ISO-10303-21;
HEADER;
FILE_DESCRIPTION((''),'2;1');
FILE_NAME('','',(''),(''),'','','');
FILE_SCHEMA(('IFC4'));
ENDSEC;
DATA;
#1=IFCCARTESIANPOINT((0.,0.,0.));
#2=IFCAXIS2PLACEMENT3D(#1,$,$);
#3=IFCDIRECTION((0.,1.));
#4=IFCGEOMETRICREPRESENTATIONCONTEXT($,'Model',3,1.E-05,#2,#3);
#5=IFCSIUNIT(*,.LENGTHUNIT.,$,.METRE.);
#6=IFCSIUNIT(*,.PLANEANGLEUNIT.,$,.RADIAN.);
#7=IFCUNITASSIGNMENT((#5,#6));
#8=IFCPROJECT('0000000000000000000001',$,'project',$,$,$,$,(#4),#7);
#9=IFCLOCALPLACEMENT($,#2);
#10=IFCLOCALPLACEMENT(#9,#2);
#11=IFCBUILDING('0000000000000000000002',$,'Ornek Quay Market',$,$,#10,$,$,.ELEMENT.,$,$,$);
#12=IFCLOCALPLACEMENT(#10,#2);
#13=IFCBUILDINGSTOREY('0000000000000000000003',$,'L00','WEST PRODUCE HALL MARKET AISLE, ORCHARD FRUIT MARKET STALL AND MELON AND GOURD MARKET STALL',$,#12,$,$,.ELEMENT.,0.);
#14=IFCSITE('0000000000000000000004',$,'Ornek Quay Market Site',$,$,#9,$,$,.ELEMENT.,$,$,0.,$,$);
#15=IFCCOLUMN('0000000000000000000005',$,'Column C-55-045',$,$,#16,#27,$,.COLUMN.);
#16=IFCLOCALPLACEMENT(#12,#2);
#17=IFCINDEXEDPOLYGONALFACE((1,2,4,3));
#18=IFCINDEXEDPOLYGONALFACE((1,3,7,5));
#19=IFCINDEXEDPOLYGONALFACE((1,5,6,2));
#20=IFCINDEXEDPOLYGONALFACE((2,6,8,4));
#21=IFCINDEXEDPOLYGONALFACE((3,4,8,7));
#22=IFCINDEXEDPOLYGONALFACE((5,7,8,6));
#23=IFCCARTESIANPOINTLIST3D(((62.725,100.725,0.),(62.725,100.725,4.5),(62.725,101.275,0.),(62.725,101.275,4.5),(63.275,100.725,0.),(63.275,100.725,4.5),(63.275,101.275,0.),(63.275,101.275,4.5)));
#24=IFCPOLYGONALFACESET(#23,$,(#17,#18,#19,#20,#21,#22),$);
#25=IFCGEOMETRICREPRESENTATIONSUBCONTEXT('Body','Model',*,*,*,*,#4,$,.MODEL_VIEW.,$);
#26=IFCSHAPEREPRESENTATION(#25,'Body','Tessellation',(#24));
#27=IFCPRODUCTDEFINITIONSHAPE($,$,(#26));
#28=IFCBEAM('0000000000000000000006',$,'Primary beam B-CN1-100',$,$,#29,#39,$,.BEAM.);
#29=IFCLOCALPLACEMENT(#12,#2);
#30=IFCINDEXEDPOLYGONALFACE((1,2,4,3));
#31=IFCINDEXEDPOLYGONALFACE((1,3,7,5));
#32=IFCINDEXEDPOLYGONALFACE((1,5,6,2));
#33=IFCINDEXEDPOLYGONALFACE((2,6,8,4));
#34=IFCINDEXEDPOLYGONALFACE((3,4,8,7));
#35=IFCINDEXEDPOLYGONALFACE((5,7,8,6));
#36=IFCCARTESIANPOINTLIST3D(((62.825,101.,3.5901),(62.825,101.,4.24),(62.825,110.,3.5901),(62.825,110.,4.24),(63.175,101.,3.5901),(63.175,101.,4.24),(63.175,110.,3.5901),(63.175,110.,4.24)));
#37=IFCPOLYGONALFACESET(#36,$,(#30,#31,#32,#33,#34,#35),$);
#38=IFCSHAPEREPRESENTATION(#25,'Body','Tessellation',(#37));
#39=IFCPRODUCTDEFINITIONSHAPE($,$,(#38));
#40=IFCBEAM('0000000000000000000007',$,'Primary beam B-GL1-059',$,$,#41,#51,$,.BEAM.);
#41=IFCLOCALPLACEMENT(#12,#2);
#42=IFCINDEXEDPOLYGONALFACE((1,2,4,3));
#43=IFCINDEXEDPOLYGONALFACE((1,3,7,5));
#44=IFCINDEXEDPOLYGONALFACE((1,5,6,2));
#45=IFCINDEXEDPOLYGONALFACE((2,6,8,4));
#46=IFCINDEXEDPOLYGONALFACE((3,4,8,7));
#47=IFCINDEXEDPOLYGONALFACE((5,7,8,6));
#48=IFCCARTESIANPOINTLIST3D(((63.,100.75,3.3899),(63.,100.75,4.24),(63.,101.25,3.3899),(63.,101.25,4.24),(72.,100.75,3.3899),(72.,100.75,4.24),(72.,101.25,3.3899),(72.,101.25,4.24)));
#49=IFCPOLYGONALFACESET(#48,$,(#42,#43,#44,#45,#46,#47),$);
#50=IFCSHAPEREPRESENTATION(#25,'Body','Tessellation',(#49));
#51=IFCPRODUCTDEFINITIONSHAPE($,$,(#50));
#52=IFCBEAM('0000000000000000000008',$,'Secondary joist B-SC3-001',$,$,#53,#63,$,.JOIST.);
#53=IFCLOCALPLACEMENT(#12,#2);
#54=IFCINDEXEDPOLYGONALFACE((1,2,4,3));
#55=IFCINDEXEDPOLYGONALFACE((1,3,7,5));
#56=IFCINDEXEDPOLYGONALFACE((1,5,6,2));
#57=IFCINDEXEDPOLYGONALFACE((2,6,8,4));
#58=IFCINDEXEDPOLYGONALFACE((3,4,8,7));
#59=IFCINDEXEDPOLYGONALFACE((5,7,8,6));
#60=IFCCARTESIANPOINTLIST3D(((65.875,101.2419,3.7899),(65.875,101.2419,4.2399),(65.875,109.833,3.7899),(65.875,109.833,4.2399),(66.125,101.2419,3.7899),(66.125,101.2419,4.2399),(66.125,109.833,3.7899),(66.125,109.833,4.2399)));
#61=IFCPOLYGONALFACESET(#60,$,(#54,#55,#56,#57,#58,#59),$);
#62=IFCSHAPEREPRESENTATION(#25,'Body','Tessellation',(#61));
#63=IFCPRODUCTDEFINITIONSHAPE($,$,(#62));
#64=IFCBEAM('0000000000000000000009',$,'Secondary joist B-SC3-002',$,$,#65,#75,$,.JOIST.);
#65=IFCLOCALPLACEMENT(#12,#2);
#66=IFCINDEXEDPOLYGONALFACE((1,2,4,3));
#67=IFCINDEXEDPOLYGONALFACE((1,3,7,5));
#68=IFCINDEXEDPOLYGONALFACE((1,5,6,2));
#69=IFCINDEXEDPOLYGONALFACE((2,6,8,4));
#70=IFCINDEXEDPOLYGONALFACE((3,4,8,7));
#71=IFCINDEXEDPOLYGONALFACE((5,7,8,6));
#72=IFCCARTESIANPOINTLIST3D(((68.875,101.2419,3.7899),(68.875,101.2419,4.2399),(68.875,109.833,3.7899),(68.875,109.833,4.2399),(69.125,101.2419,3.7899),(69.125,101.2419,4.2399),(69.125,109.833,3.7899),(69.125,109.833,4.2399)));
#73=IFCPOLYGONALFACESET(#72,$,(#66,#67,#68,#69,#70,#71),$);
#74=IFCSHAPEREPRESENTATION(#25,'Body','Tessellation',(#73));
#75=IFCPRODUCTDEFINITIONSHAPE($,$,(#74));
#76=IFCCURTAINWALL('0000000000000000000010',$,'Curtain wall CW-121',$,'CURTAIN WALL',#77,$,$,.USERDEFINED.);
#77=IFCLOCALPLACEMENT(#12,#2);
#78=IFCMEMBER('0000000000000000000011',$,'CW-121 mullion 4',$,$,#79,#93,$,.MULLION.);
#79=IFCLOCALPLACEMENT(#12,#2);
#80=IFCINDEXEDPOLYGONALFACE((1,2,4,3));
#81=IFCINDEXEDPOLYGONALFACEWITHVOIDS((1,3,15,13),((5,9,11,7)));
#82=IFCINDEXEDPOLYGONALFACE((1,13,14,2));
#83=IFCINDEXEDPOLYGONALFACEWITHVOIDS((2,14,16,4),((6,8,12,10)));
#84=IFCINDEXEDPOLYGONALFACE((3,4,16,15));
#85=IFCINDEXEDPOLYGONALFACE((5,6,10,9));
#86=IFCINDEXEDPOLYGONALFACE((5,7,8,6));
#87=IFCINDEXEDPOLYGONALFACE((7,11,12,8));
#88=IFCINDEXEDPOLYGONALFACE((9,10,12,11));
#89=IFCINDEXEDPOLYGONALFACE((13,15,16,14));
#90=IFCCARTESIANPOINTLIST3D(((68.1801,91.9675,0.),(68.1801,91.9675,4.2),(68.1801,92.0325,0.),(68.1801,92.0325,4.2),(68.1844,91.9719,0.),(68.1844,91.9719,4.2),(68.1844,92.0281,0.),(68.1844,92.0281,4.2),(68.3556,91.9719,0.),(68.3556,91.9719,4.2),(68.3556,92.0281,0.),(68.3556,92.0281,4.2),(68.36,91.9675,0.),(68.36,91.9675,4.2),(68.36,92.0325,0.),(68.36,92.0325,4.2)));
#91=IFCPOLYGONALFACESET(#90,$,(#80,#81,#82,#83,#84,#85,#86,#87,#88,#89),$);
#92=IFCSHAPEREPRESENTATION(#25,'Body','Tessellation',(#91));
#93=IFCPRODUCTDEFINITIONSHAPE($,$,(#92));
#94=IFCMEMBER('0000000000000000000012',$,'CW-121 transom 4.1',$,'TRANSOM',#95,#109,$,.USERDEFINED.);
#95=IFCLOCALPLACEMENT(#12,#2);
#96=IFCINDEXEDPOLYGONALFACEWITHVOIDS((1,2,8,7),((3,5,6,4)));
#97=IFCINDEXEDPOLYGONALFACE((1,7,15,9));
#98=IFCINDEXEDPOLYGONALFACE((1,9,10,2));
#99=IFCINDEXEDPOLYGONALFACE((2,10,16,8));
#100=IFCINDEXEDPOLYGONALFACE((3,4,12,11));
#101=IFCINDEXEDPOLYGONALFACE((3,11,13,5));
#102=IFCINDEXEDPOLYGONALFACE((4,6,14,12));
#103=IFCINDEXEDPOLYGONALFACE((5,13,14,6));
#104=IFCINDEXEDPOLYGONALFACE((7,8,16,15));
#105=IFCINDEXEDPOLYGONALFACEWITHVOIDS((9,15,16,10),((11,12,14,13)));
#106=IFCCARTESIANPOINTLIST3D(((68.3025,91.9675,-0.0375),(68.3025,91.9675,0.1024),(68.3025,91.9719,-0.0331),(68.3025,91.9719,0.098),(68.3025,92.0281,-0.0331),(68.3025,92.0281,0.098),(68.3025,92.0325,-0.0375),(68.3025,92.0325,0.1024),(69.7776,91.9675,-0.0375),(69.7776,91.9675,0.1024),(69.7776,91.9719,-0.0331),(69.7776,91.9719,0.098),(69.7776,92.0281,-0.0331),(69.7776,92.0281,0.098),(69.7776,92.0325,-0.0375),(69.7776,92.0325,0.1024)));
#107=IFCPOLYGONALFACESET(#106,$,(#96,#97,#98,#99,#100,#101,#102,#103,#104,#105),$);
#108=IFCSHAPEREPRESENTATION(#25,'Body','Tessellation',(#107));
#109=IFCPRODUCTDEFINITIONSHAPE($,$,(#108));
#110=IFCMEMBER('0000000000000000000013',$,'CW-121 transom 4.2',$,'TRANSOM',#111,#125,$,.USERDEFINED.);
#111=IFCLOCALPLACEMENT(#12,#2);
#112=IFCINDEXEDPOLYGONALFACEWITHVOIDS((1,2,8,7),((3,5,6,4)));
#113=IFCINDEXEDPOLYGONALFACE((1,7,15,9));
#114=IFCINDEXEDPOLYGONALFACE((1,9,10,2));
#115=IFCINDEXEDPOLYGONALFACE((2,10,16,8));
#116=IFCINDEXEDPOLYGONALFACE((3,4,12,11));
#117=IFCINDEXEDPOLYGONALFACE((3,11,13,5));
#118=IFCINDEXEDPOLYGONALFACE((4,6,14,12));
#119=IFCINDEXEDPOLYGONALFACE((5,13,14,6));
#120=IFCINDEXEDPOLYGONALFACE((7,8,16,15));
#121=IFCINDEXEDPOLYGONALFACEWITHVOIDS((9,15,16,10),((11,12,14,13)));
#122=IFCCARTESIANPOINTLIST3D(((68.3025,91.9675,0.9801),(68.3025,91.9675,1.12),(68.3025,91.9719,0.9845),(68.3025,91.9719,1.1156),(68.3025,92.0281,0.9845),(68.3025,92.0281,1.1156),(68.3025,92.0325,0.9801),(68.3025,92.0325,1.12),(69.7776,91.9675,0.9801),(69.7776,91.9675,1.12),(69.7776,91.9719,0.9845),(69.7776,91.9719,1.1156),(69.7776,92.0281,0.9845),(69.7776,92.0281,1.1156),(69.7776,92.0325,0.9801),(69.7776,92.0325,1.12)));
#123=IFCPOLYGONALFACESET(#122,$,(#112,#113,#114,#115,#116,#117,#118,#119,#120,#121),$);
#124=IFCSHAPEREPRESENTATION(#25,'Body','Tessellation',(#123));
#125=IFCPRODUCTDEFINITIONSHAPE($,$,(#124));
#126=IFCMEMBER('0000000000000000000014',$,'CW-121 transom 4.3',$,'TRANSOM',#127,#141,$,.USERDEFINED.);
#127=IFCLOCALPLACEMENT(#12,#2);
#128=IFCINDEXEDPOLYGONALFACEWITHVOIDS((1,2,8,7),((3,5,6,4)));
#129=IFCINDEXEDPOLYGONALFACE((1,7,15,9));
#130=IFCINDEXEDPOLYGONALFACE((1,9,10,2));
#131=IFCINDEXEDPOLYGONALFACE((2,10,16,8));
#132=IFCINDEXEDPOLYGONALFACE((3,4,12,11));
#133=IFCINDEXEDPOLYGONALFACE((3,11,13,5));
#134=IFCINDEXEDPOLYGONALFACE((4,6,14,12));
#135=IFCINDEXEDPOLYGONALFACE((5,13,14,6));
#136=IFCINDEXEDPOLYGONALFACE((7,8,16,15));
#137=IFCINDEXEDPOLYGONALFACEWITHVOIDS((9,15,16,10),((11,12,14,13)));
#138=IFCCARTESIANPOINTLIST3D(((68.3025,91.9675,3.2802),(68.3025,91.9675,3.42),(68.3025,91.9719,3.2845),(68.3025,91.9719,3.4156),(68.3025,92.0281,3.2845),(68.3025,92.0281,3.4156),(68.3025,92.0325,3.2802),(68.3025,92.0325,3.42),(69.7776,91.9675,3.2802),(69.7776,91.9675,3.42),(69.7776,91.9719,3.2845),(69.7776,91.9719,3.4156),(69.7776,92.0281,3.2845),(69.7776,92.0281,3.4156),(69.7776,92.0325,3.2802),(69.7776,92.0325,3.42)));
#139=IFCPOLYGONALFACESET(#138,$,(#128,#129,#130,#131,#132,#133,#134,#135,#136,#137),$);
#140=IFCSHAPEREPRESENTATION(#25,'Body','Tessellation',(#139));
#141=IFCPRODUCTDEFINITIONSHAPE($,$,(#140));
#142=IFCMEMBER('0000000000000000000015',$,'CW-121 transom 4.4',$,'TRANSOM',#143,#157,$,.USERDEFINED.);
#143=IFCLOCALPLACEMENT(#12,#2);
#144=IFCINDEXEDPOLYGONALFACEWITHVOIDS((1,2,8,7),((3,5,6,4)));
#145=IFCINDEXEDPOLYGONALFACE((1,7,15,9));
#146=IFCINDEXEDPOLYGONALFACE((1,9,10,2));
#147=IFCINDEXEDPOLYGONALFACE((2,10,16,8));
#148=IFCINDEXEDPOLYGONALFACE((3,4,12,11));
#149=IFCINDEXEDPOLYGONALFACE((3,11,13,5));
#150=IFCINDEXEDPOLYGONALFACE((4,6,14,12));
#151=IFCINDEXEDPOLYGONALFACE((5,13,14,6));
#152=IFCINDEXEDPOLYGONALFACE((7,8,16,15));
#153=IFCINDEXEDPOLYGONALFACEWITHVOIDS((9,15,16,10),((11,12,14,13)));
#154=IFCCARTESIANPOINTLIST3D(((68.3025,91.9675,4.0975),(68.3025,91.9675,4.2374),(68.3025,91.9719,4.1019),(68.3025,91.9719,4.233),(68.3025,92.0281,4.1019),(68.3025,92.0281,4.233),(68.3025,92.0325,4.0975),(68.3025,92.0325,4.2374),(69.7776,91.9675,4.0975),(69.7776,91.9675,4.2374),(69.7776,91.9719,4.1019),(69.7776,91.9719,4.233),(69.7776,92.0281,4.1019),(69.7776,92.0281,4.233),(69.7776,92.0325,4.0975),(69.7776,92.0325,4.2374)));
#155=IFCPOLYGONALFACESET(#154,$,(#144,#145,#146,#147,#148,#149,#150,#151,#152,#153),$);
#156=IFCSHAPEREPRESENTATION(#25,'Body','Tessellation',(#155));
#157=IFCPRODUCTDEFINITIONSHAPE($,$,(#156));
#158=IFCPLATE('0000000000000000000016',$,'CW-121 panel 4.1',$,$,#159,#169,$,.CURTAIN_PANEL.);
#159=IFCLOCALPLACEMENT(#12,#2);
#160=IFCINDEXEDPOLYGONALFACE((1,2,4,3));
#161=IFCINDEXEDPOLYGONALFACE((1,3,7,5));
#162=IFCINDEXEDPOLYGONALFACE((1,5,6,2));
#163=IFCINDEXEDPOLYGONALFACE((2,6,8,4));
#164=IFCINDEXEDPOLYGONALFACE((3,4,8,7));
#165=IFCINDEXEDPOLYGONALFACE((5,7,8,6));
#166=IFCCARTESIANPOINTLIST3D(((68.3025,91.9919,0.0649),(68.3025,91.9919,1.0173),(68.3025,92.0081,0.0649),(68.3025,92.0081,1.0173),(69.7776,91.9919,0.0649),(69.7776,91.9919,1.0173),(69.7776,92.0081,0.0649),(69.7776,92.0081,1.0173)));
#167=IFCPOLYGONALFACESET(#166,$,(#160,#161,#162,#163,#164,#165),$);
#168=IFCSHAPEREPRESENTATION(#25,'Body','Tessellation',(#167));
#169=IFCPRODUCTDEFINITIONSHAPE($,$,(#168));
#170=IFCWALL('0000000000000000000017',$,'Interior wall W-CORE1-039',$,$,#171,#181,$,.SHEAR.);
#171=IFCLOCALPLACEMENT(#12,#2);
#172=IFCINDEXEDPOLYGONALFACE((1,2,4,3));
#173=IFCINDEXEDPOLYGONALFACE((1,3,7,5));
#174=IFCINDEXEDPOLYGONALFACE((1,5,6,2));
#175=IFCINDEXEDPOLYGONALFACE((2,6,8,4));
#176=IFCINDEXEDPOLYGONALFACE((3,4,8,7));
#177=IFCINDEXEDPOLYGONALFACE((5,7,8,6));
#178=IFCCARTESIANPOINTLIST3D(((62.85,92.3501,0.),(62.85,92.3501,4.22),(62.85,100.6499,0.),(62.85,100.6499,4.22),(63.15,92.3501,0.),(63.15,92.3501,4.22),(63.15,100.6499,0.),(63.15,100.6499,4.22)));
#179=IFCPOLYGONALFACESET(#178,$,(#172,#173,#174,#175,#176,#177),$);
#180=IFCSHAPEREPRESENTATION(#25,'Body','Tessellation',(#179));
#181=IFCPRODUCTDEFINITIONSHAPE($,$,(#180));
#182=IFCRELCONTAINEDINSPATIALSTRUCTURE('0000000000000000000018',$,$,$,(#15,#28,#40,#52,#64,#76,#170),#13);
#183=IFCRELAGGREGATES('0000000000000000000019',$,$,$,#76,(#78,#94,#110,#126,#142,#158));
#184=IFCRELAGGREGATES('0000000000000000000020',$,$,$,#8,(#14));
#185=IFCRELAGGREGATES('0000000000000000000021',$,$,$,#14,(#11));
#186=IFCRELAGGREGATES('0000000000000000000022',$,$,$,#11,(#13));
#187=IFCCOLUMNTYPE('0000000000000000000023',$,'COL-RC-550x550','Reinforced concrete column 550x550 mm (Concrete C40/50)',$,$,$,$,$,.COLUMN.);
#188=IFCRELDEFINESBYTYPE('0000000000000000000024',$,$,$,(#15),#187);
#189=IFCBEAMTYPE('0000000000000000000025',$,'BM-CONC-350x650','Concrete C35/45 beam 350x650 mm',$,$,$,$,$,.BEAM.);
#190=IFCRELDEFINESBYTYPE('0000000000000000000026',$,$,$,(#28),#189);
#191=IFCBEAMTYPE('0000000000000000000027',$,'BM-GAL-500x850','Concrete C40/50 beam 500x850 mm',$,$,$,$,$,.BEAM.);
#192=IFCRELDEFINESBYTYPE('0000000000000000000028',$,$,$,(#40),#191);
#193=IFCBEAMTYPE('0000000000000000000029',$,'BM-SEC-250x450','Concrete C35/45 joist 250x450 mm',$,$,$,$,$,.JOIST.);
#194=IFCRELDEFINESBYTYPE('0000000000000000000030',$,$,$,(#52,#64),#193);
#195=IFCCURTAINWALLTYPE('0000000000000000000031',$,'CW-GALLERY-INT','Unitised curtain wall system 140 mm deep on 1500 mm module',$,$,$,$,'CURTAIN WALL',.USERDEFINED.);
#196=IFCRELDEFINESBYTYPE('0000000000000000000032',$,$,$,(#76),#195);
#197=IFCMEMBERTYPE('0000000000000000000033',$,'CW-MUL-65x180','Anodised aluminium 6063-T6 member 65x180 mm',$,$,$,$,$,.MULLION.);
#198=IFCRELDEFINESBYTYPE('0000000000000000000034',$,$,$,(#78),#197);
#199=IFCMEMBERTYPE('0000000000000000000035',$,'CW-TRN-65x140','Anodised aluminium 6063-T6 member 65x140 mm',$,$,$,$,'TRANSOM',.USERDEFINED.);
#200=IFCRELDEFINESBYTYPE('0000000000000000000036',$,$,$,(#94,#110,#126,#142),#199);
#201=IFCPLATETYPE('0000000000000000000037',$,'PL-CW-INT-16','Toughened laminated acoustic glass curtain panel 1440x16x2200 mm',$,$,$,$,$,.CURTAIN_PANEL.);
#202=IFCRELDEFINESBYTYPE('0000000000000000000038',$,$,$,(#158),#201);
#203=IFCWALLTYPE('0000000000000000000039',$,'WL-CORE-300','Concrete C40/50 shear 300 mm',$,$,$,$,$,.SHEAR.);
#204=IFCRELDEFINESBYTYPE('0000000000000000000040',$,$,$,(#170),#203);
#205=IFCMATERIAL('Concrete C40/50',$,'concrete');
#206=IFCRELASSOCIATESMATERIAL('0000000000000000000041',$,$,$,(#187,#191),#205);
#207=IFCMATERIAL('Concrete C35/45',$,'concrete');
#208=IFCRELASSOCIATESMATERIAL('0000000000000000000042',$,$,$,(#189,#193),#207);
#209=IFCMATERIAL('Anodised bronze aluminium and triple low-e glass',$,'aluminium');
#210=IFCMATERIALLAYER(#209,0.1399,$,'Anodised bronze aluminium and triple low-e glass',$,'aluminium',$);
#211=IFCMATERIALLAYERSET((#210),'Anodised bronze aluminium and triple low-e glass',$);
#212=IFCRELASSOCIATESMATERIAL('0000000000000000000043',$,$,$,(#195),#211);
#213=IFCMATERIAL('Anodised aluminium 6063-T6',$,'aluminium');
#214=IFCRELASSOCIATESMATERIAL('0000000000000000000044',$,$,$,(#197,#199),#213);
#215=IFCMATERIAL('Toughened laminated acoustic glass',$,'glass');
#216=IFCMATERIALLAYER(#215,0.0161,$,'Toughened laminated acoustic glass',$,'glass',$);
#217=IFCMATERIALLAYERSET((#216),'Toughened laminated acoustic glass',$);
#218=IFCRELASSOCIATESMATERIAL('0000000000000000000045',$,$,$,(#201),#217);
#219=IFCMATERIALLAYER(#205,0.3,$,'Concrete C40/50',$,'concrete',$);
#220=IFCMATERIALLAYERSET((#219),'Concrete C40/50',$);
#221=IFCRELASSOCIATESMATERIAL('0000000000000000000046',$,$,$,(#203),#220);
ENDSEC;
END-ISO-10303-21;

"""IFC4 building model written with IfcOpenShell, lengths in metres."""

from ifc_helpers import new_model, si_unit, direction, frame, frame_2d, origin, origin_2d, place, context, subcontext, project, spatial, rectangle, hollow_rectangle, extrude, material, layer, layer_set, material_profile, profile_set, type_object, element, aggregate, save


model = new_model("IFC4")

# Units and contexts
model_context = context("Model", 3, precision=1e-05, world=origin(), true_north=direction((0.0, 1.0)))
body_context = subcontext(model_context, "Body", "Model", "MODEL_VIEW")
ifc_project = project(units=[si_unit("LENGTHUNIT", "METRE"), si_unit("PLANEANGLEUNIT", "RADIAN")], contexts=[model_context])

# Site, building, storey
site_placement = place(None, origin())
site = spatial("IfcSite", under=ifc_project, at=site_placement, Name="Ornek Quay Market Site", CompositionType="ELEMENT", RefElevation=0.0)
building_placement = place(site_placement, origin())
building = spatial("IfcBuilding", under=site, at=building_placement, Name="Ornek Quay Market", CompositionType="ELEMENT")
storey_placement = place(building_placement, origin())
storey = spatial("IfcBuildingStorey", under=building, at=storey_placement, Name="L00", Description="WEST PRODUCE HALL MARKET AISLE, ORCHARD FRUIT MARKET STALL AND MELON AND GOURD MARKET STALL", CompositionType="ELEMENT", Elevation=0.0)

# Column
ifc_material_1 = material(Name="Concrete C40/50", Category="concrete")
ifc_material_profile_1 = material_profile(ifc_material_1, rectangle(XDim=0.55, YDim=0.55, at=origin_2d()), Name="RC 550x550", Category="concrete")
ifc_profile_set_1 = profile_set([ifc_material_profile_1], Name="Concrete C40/50")
column_type = type_object("IfcColumnType", Name="COL-RC-550x550", Description="Reinforced concrete column 550x550 mm (Concrete C40/50)", PredefinedType="COLUMN", material=ifc_profile_set_1)
column_placement = place(storey_placement, frame((63.0, 101.0, 0.0), z_axis=(0.0, 0.0, 1.0), x_axis=(1.0, 0.0, 0.0)))
element("IfcColumn", 1, at=column_placement, inside=storey, type_object=column_type, Name="Column C-55-045", PredefinedType="COLUMN", context=body_context, shape_type="SweptSolid", body=[
    extrude(rectangle(XDim=0.55, YDim=0.55, at=origin_2d()), origin(), (0.0, 0.0, 1.0), 4.5),
])

# Beams
ifc_material_2 = material(Name="Concrete C35/45", Category="concrete")
ifc_material_profile_2 = material_profile(ifc_material_2, rectangle(XDim=0.3501, YDim=0.6499, at=origin_2d()), Name="RC 350x650", Category="concrete")
ifc_profile_set_2 = profile_set([ifc_material_profile_2], Name="Concrete C35/45")
beam_type_1 = type_object("IfcBeamType", Name="BM-CONC-350x650", Description="Concrete C35/45 beam 350x650 mm", PredefinedType="BEAM", material=ifc_profile_set_2)
beam_1_placement = place(storey_placement, frame((63.0, 101.0, 3.915), z_axis=(0.0, 1.0, 0.0), x_axis=(-1.0, 0.0, 0.0)))
element("IfcBeam", 2, at=beam_1_placement, inside=storey, type_object=beam_type_1, Name="Primary beam B-CN1-100", PredefinedType="BEAM", context=body_context, shape_type="SweptSolid", body=[
    extrude(rectangle(XDim=0.3501, YDim=0.6499, at=origin_2d()), origin(), (0.0, 0.0, 1.0), 9.0),
])
ifc_material_profile_3 = material_profile(ifc_material_1, rectangle(XDim=0.5, YDim=0.8501, at=origin_2d()), Name="RC 500x850", Category="concrete")
ifc_profile_set_3 = profile_set([ifc_material_profile_3], Name="Concrete C40/50")
beam_type_2 = type_object("IfcBeamType", Name="BM-GAL-500x850", Description="Concrete C40/50 beam 500x850 mm", PredefinedType="BEAM", material=ifc_profile_set_3)
beam_2_placement = place(storey_placement, frame((63.0, 101.0, 3.8149), z_axis=(1.0, 0.0, 0.0), x_axis=(0.0, 1.0, 0.0)))
element("IfcBeam", 3, at=beam_2_placement, inside=storey, type_object=beam_type_2, Name="Primary beam B-GL1-059", PredefinedType="BEAM", context=body_context, shape_type="SweptSolid", body=[
    extrude(rectangle(XDim=0.5, YDim=0.8501, at=origin_2d()), origin(), (0.0, 0.0, 1.0), 9.0),
])
ifc_material_profile_4 = material_profile(ifc_material_2, rectangle(XDim=0.25, YDim=0.45, at=origin_2d()), Name="RC 250x450", Category="concrete")
ifc_profile_set_4 = profile_set([ifc_material_profile_4], Name="Concrete C35/45")
beam_type_3 = type_object("IfcBeamType", Name="BM-SEC-250x450", Description="Concrete C35/45 joist 250x450 mm", PredefinedType="JOIST", material=ifc_profile_set_4)
for number, where, z_axis, x_axis, name in (
    (4, (66.0, 101.2419, 4.0149), (0.0, 1.0, 0.0), (-1.0, 0.0, 0.0), "Secondary joist B-SC3-001"),
    (5, (69.0, 101.2419, 4.0149), (0.0, 1.0, 0.0), (-1.0, 0.0, 0.0), "Secondary joist B-SC3-002"),
):
    element("IfcBeam", number, at=place(storey_placement, frame(where, z_axis=z_axis, x_axis=x_axis)), inside=storey, type_object=beam_type_3, Name=name, PredefinedType="JOIST", context=body_context, shape_type="SweptSolid", body=[
        extrude(rectangle(XDim=0.25, YDim=0.45, at=origin_2d()), origin(), (0.0, 0.0, 1.0), 8.5911),
    ])

# Curtain wall, members, plate
ifc_material_3 = material(Name="Anodised bronze aluminium and triple low-e glass", Category="aluminium")
ifc_layer_1 = layer(ifc_material_3, 0.1399, Name="Anodised bronze aluminium and triple low-e glass", Category="aluminium")
ifc_layer_set_1 = layer_set([ifc_layer_1], Name="Anodised bronze aluminium and triple low-e glass")
curtain_wall_type = type_object("IfcCurtainWallType", Name="CW-GALLERY-INT", Description="Unitised curtain wall system 140 mm deep on 1500 mm module", ElementType="CURTAIN WALL", PredefinedType="USERDEFINED", material=ifc_layer_set_1)
curtain_wall_placement = place(storey_placement, origin())
curtain_wall = element("IfcCurtainWall", 6, at=curtain_wall_placement, inside=storey, type_object=curtain_wall_type, Name="Curtain wall CW-121", ObjectType="CURTAIN WALL", PredefinedType="USERDEFINED")
ifc_material_4 = material(Name="Anodised aluminium 6063-T6", Category="aluminium")
ifc_material_profile_5 = material_profile(ifc_material_4, hollow_rectangle(XDim=0.0649, YDim=0.1799, WallThickness=0.0044, at=origin_2d()), Name="CW-MUL-65x180", Category="aluminium")
ifc_profile_set_5 = profile_set([ifc_material_profile_5], Name="Anodised aluminium 6063-T6")
member_type_1 = type_object("IfcMemberType", Name="CW-MUL-65x180", Description="Anodised aluminium 6063-T6 member 65x180 mm", PredefinedType="MULLION", material=ifc_profile_set_5)
member_1_placement = place(storey_placement, frame((68.27, 92.0, 0.0), z_axis=(0.0, 0.0, 1.0), x_axis=(0.0, 1.0, 0.0)))
member_1 = element("IfcMember", 7, at=member_1_placement, type_object=member_type_1, Name="CW-121 mullion 4", PredefinedType="MULLION", context=body_context, shape_type="SweptSolid", body=[
    extrude(hollow_rectangle(XDim=0.0649, YDim=0.1799, WallThickness=0.0044, at=origin_2d()), origin(), (0.0, 0.0, 1.0), 4.2),
])
ifc_material_profile_6 = material_profile(ifc_material_4, hollow_rectangle(XDim=0.0649, YDim=0.1399, WallThickness=0.0044, at=origin_2d()), Name="CW-TRN-65x140", Category="aluminium")
ifc_profile_set_6 = profile_set([ifc_material_profile_6], Name="Anodised aluminium 6063-T6")
member_type_2 = type_object("IfcMemberType", Name="CW-TRN-65x140", Description="Anodised aluminium 6063-T6 member 65x140 mm", ElementType="TRANSOM", PredefinedType="USERDEFINED", material=ifc_profile_set_6)
member_2_placement = place(storey_placement, frame((68.3025, 92.0, 0.0325), z_axis=(1.0, 0.0, 0.0), x_axis=(0.0, 1.0, 0.0)))
member_2 = element("IfcMember", 8, at=member_2_placement, type_object=member_type_2, Name="CW-121 transom 4.1", ObjectType="TRANSOM", PredefinedType="USERDEFINED", context=body_context, shape_type="SweptSolid", body=[
    extrude(hollow_rectangle(XDim=0.0649, YDim=0.1399, WallThickness=0.0044, at=origin_2d()), origin(), (0.0, 0.0, 1.0), 1.4751),
])
member_3_placement = place(storey_placement, frame((68.3025, 92.0, 1.05), z_axis=(1.0, 0.0, 0.0), x_axis=(0.0, 1.0, 0.0)))
member_3 = element("IfcMember", 9, at=member_3_placement, type_object=member_type_2, Name="CW-121 transom 4.2", ObjectType="TRANSOM", PredefinedType="USERDEFINED", context=body_context, shape_type="SweptSolid", body=[
    extrude(hollow_rectangle(XDim=0.0649, YDim=0.1399, WallThickness=0.0044, at=origin_2d()), origin(), (0.0, 0.0, 1.0), 1.4751),
])
member_4_placement = place(storey_placement, frame((68.3025, 92.0, 3.3501), z_axis=(1.0, 0.0, 0.0), x_axis=(0.0, 1.0, 0.0)))
member_4 = element("IfcMember", 10, at=member_4_placement, type_object=member_type_2, Name="CW-121 transom 4.3", ObjectType="TRANSOM", PredefinedType="USERDEFINED", context=body_context, shape_type="SweptSolid", body=[
    extrude(hollow_rectangle(XDim=0.0649, YDim=0.1399, WallThickness=0.0044, at=origin_2d()), origin(), (0.0, 0.0, 1.0), 1.4751),
])
member_5_placement = place(storey_placement, frame((68.3025, 92.0, 4.1675), z_axis=(1.0, 0.0, 0.0), x_axis=(0.0, 1.0, 0.0)))
member_5 = element("IfcMember", 11, at=member_5_placement, type_object=member_type_2, Name="CW-121 transom 4.4", ObjectType="TRANSOM", PredefinedType="USERDEFINED", context=body_context, shape_type="SweptSolid", body=[
    extrude(hollow_rectangle(XDim=0.0649, YDim=0.1399, WallThickness=0.0044, at=origin_2d()), origin(), (0.0, 0.0, 1.0), 1.4751),
])
ifc_material_5 = material(Name="Toughened laminated acoustic glass", Category="glass")
ifc_layer_2 = layer(ifc_material_5, 0.0161, Name="Toughened laminated acoustic glass", Category="glass")
ifc_layer_set_2 = layer_set([ifc_layer_2], Name="Toughened laminated acoustic glass")
plate_type = type_object("IfcPlateType", Name="PL-CW-INT-16", Description="Toughened laminated acoustic glass curtain panel 1440x16x2200 mm", PredefinedType="CURTAIN_PANEL", material=ifc_layer_set_2)
plate_placement = place(storey_placement, frame((69.04, 92.0, 0.0649), z_axis=(0.0, 0.0, 1.0), x_axis=(1.0, 0.0, 0.0)))
plate = element("IfcPlate", 12, at=plate_placement, type_object=plate_type, Name="CW-121 panel 4.1", PredefinedType="CURTAIN_PANEL", context=body_context, shape_type="SweptSolid", body=[
    extrude(rectangle(XDim=1.4751, YDim=0.0161, at=origin_2d()), origin(), (0.0, 0.0, 1.0), 0.9524),
])
aggregate(curtain_wall, [member_1, member_2, member_3, member_4, member_5, plate])

# Wall
ifc_layer_3 = layer(ifc_material_1, 0.3, Name="Concrete C40/50", Category="concrete")
ifc_layer_set_3 = layer_set([ifc_layer_3], Name="Concrete C40/50")
wall_type_1 = type_object("IfcWallType", Name="WL-CORE-300", Description="Concrete C40/50 shear 300 mm", PredefinedType="SHEAR", material=ifc_layer_set_3)
wall_1_placement = place(storey_placement, frame((63.0, 92.3501, 0.0), z_axis=(0.0, 0.0, 1.0), x_axis=(0.0, 1.0, 0.0)))
element("IfcWall", 13, at=wall_1_placement, inside=storey, type_object=wall_type_1, Name="Interior wall W-CORE1-039", PredefinedType="SHEAR", context=body_context, shape_type="SweptSolid", body=[
    extrude(rectangle(XDim=8.2998, YDim=0.3, at=frame_2d((4.1499, 0.0))), origin(), (0.0, 0.0, 1.0), 4.22),
])

save(model, "model.ifc")
